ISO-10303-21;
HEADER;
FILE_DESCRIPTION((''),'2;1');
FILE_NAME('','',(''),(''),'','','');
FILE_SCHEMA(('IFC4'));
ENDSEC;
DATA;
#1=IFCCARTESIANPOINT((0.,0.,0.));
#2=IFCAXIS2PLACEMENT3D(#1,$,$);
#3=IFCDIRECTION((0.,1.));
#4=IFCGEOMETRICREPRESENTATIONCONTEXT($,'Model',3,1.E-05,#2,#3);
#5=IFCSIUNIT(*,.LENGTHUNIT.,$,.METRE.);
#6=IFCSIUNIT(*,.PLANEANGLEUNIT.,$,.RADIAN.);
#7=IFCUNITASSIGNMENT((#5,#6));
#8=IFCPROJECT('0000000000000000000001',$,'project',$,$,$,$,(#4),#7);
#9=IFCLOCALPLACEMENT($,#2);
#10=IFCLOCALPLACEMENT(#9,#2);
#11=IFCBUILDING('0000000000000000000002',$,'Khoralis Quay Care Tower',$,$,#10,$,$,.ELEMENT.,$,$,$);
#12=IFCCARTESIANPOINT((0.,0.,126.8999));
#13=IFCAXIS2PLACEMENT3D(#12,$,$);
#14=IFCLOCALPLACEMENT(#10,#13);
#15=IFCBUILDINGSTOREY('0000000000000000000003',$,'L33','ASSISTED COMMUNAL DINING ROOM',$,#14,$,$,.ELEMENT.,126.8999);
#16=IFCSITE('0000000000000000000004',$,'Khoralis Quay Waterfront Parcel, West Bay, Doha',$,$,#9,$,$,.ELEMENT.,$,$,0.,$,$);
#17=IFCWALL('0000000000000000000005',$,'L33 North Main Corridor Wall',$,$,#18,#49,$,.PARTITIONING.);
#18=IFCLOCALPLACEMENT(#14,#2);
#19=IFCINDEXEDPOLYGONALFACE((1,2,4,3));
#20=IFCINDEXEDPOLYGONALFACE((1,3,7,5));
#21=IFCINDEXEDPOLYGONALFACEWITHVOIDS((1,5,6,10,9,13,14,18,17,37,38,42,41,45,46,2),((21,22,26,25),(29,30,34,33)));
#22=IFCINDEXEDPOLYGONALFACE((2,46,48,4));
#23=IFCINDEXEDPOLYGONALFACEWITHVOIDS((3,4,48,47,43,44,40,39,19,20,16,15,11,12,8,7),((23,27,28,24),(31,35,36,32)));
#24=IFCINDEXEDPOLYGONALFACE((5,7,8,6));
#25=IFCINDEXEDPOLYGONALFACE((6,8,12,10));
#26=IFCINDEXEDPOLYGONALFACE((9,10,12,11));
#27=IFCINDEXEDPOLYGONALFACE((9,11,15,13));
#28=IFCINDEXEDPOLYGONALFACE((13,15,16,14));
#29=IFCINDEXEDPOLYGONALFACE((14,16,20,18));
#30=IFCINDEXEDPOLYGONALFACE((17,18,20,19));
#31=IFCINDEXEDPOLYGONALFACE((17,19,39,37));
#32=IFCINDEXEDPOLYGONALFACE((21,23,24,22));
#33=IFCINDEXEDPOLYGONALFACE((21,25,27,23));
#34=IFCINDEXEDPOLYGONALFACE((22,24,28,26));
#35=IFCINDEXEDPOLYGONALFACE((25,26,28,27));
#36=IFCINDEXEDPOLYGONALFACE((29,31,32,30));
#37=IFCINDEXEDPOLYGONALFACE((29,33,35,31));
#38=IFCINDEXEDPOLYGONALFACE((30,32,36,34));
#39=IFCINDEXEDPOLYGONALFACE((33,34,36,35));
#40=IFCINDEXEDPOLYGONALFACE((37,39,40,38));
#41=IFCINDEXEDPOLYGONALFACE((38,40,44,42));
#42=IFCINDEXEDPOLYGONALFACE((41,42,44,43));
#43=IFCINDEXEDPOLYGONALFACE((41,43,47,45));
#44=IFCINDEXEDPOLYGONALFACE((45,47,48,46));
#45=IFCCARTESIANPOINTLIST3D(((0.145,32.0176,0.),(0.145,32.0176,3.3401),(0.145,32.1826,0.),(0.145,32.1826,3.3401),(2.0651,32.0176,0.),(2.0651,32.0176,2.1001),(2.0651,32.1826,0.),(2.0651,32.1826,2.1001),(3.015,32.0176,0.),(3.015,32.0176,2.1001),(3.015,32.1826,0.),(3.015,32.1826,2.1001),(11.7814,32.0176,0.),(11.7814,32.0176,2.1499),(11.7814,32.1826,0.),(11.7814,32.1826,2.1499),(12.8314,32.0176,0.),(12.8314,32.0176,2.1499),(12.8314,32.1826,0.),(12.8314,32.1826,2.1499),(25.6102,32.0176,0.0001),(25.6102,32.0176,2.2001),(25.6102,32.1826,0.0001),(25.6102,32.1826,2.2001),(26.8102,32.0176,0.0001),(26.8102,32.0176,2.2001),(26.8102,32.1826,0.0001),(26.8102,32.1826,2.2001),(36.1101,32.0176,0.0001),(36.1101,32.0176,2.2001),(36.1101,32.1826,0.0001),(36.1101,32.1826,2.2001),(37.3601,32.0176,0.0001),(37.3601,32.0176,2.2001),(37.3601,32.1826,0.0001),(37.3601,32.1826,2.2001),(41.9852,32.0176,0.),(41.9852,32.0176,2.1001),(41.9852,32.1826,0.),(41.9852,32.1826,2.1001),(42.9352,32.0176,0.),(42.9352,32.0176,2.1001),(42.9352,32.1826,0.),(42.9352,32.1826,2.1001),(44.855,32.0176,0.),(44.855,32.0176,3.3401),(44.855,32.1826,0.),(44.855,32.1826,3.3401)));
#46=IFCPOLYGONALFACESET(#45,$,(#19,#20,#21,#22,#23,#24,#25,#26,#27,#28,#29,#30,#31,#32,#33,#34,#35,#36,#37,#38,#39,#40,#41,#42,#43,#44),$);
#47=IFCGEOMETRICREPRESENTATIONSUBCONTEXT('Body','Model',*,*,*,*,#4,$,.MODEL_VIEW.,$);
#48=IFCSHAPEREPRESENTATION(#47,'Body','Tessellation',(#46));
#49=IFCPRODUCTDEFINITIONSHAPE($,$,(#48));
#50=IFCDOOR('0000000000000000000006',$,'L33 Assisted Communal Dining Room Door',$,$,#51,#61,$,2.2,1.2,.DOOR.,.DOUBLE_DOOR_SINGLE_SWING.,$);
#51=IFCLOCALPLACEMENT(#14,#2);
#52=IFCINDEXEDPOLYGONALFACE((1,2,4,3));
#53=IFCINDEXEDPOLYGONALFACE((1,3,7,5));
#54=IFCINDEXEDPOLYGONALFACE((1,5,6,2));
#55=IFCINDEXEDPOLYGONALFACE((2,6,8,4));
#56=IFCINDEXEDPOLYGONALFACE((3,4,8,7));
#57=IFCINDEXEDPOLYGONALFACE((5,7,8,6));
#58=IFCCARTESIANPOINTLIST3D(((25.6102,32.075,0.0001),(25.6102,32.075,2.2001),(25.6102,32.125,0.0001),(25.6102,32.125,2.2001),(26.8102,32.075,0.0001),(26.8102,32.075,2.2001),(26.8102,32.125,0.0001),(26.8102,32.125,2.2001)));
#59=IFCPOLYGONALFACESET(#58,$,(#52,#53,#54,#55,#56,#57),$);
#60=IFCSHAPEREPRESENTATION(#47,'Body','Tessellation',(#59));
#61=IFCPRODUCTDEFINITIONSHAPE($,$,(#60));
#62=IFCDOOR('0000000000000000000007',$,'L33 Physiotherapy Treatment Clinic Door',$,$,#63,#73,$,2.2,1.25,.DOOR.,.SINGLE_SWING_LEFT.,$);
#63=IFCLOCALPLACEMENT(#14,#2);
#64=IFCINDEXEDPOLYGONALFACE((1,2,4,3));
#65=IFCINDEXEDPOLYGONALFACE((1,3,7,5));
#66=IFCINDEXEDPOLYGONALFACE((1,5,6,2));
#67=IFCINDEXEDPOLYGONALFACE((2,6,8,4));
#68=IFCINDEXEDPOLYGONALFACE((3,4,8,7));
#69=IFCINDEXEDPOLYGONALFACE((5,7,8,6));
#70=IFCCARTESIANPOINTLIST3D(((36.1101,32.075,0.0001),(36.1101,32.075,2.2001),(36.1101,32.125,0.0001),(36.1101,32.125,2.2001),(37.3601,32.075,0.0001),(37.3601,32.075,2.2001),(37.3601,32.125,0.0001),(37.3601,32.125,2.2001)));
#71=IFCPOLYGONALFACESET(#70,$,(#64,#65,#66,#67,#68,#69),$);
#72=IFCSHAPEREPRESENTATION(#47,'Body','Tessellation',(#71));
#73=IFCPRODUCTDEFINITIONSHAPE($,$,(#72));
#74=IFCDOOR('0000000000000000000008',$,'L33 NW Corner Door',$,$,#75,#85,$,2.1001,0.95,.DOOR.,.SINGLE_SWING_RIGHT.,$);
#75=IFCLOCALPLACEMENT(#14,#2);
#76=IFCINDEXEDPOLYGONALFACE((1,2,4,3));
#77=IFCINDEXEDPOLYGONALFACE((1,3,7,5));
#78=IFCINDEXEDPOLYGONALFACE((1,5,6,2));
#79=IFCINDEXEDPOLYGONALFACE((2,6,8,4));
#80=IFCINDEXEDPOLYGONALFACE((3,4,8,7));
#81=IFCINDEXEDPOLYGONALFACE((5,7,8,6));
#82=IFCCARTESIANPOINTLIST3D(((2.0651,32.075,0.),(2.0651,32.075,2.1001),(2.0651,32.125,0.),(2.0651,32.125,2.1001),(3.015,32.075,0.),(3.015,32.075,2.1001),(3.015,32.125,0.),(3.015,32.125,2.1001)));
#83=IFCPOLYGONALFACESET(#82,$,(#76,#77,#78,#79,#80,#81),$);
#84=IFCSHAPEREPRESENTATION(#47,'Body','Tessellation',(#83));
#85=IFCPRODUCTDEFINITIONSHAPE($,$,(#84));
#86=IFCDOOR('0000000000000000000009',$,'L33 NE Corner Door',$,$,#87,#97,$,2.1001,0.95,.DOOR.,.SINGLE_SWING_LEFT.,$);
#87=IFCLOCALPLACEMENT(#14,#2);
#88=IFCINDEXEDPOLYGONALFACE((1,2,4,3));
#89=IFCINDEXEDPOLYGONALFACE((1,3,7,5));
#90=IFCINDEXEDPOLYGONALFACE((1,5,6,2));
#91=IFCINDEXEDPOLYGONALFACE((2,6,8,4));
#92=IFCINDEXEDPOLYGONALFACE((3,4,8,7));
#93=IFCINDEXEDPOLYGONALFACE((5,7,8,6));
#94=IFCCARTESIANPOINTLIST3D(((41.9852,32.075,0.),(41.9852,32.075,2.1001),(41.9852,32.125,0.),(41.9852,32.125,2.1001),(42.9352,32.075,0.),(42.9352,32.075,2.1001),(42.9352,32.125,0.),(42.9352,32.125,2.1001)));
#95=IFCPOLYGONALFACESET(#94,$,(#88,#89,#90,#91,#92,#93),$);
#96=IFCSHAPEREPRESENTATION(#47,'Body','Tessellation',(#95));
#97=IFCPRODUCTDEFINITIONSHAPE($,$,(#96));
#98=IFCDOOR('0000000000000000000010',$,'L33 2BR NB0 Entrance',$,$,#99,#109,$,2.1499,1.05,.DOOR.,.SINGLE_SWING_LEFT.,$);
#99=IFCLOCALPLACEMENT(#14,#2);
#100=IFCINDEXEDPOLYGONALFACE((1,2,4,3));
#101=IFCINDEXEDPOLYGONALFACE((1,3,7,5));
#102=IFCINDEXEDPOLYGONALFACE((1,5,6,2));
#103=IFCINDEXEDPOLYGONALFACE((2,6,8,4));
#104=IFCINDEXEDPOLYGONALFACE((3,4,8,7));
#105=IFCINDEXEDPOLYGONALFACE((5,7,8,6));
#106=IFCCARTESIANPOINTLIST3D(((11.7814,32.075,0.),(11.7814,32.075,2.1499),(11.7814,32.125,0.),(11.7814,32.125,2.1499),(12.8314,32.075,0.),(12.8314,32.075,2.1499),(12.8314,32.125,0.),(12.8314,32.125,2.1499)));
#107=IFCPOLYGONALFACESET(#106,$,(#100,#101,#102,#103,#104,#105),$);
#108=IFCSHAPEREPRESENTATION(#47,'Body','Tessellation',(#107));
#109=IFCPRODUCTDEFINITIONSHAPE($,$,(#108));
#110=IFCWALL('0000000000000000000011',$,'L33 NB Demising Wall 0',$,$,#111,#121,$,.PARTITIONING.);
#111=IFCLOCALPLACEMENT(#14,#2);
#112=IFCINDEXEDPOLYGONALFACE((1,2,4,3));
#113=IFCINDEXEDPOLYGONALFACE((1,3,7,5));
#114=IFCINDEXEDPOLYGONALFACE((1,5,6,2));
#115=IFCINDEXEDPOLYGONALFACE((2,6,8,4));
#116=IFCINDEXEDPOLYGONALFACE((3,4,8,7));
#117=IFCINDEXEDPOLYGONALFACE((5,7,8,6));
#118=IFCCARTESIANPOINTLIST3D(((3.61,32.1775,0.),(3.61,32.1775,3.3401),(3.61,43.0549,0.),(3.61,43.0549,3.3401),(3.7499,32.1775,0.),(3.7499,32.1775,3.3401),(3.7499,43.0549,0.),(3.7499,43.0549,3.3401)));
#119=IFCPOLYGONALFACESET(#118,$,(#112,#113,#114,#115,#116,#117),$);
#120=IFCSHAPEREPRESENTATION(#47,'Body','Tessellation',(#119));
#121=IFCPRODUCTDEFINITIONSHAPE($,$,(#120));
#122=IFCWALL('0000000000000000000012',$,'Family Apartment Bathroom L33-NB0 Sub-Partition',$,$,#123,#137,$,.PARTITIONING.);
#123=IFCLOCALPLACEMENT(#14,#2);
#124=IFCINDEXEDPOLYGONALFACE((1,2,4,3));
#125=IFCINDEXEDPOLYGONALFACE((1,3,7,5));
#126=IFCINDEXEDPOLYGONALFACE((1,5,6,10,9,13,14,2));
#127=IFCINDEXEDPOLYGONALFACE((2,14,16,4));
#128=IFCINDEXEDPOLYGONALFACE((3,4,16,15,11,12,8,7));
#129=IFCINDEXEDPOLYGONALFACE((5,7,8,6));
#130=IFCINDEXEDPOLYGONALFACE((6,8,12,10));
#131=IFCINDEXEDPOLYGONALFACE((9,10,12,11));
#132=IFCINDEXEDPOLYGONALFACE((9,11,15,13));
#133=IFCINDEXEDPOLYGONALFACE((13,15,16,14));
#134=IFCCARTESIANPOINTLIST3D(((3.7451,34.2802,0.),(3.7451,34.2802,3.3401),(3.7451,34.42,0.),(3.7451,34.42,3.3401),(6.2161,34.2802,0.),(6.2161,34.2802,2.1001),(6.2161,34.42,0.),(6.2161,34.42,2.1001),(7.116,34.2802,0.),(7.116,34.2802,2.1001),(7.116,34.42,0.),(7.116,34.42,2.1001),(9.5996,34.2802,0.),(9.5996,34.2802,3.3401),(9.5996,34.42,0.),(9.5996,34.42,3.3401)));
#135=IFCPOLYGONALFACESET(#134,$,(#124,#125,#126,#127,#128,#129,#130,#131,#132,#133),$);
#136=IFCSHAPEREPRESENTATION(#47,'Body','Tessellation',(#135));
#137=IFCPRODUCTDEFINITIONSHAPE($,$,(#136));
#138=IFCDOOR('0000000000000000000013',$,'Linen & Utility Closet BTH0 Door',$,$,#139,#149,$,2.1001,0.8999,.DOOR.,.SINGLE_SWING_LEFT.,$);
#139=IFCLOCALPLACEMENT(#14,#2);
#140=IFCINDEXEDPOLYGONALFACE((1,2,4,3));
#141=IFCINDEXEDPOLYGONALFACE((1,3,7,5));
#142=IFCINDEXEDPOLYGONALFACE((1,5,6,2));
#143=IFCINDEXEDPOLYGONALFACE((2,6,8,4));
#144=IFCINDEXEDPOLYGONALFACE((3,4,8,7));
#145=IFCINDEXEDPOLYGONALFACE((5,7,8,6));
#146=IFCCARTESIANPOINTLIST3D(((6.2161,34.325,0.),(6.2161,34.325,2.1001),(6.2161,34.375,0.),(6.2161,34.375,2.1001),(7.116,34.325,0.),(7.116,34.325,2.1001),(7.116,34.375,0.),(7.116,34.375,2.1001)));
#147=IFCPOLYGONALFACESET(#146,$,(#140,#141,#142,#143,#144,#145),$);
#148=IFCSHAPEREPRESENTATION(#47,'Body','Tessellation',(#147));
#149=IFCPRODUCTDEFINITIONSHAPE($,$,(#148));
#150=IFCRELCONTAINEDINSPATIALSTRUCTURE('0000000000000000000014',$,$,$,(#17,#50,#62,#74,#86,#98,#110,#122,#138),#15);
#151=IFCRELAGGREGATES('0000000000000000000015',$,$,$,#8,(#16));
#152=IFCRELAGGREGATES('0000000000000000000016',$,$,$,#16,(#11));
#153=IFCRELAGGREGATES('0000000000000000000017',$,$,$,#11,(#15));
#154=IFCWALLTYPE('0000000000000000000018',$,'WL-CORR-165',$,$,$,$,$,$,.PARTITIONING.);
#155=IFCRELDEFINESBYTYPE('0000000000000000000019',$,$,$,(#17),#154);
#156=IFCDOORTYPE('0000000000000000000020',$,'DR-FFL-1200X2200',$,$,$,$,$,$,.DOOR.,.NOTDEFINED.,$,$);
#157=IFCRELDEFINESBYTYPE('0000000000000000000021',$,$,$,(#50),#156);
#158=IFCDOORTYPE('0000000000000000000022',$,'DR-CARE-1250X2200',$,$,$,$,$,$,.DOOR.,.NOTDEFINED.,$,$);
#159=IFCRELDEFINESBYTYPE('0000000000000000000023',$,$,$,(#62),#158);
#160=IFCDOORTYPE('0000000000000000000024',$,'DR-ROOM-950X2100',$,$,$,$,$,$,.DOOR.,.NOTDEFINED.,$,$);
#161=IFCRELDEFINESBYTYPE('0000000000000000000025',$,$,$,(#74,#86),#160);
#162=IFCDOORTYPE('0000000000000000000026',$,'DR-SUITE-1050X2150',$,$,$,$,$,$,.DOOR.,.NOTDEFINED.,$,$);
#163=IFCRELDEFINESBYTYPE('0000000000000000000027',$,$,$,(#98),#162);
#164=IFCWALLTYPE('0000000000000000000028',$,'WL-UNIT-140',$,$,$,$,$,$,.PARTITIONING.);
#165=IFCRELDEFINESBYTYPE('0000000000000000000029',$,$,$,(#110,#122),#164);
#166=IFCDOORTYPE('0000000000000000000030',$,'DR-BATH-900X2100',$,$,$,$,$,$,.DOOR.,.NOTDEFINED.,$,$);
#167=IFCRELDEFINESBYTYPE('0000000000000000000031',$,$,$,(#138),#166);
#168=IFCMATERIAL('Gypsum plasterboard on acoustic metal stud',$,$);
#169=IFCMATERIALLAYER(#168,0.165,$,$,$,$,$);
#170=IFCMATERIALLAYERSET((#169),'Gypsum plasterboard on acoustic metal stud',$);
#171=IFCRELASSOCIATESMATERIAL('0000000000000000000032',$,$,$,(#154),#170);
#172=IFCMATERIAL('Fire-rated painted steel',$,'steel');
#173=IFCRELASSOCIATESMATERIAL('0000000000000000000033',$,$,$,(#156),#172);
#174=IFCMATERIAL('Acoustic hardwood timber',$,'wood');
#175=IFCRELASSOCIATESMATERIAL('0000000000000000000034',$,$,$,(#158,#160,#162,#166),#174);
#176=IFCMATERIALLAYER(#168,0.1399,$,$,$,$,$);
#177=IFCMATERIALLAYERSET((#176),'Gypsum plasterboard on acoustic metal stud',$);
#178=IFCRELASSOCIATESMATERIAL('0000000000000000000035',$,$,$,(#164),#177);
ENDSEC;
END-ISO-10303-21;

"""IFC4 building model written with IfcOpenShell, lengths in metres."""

from ifc_helpers import new_model, si_unit, direction, frame, frame_2d, origin, place, context, subcontext, project, spatial, rectangle, extrude, source, transform, mapped, material, layer, layer_set, type_object, element, fill, save


model = new_model("IFC4")

# Units and contexts
model_context = context("Model", 3, precision=1e-05, world=origin(), true_north=direction((0.0, 1.0)))
body_context = subcontext(model_context, "Body", "Model", "MODEL_VIEW")
ifc_project = project(units=[si_unit("LENGTHUNIT", "METRE"), si_unit("PLANEANGLEUNIT", "RADIAN")], contexts=[model_context])

# Site, building, storey
site_placement = place(None, origin())
site = spatial("IfcSite", under=ifc_project, at=site_placement, Name="Khoralis Quay Waterfront Parcel, West Bay, Doha", CompositionType="ELEMENT", RefElevation=0.0)
building_placement = place(site_placement, origin())
building = spatial("IfcBuilding", under=site, at=building_placement, Name="Khoralis Quay Care Tower", CompositionType="ELEMENT")
storey_placement = place(building_placement, frame((0.0, 0.0, 126.8999)))
storey = spatial("IfcBuildingStorey", under=building, at=storey_placement, Name="L33", Description="ASSISTED COMMUNAL DINING ROOM", CompositionType="ELEMENT", Elevation=126.8999)

# Shared definitions
ifc_material_1 = material(Name="Gypsum plasterboard on acoustic metal stud")
ifc_layer_1 = layer(ifc_material_1, 0.165)
ifc_layer_set_1 = layer_set([ifc_layer_1], Name="Gypsum plasterboard on acoustic metal stud")
wall_type_1 = type_object("IfcWallType", Name="WL-CORR-165", PredefinedType="PARTITIONING", material=ifc_layer_set_1)
ifc_material_2 = material(Name="Fire-rated painted steel", Category="steel")
door_type_1 = type_object("IfcDoorType", Name="DR-FFL-1200X2200", OperationType="NOTDEFINED", PredefinedType="DOOR", material=ifc_material_2)
shared_shape_1 = source(origin(), body_context, "Body", "SweptSolid", [
    extrude(rectangle(XDim=1.2, YDim=2.2, at=frame_2d((0.6001, 1.1001))), frame((0.0, 0.0249, 0.0), z_axis=(0.0, -1.0, 0.0), x_axis=(1.0, 0.0, 0.0)), (0.0, 0.0, 1.0), 0.05),
])

# Wall, openings, doors
wall_1_placement = place(storey_placement, frame((0.145, 32.1001, 0.0), z_axis=(0.0, 0.0, 1.0), x_axis=(1.0, 0.0, 0.0)))
wall_1 = element("IfcWall", 1, at=wall_1_placement, inside=storey, type_object=wall_type_1, Name="L33 North Main Corridor Wall", PredefinedType="PARTITIONING", context=body_context, shape_type="SweptSolid", body=[
    extrude(rectangle(XDim=44.71, YDim=0.165, at=frame_2d((22.355, 0.0))), origin(), (0.0, 0.0, 1.0), 3.3401),
])
opening_1_placement = place(wall_1_placement, frame((11.6365, 0.0, 0.0)))
opening_1 = element("IfcOpeningElement", 2, at=opening_1_placement, cuts=wall_1, PredefinedType="OPENING", context=body_context, shape_type="SweptSolid", body=[
    extrude(rectangle(XDim=1.05, YDim=2.1499, at=frame_2d((0.5249, 1.075))), frame((0.0, 0.0925, 0.0), z_axis=(0.0, -1.0, 0.0), x_axis=(1.0, 0.0, 0.0)), (0.0, 0.0, 1.0), 0.1851),
])
opening_2_placement = place(wall_1_placement, frame((25.4651, 0.0, 0.0)))
opening_2 = element("IfcOpeningElement", 3, at=opening_2_placement, cuts=wall_1, PredefinedType="OPENING", context=body_context, shape_type="SweptSolid", body=[
    extrude(rectangle(XDim=1.2, YDim=2.2, at=frame_2d((0.6001, 1.1001))), frame((0.0, 0.0925, 0.0), z_axis=(0.0, -1.0, 0.0), x_axis=(1.0, 0.0, 0.0)), (0.0, 0.0, 1.0), 0.1851),
])
opening_3_placement = place(wall_1_placement, frame((35.9651, 0.0, 0.0)))
opening_3 = element("IfcOpeningElement", 4, at=opening_3_placement, cuts=wall_1, PredefinedType="OPENING", context=body_context, shape_type="SweptSolid", body=[
    extrude(rectangle(XDim=1.25, YDim=2.2, at=frame_2d((0.625, 1.1001))), frame((0.0, 0.0925, 0.0), z_axis=(0.0, -1.0, 0.0), x_axis=(1.0, 0.0, 0.0)), (0.0, 0.0, 1.0), 0.1851),
])
opening_4_placement = place(wall_1_placement, frame((1.9199, 0.0, 0.0)))
opening_4 = element("IfcOpeningElement", 5, at=opening_4_placement, cuts=wall_1, PredefinedType="OPENING", context=body_context, shape_type="SweptSolid", body=[
    extrude(rectangle(XDim=0.95, YDim=2.1001, at=frame_2d((0.4751, 1.05))), frame((0.0, 0.0925, 0.0), z_axis=(0.0, -1.0, 0.0), x_axis=(1.0, 0.0, 0.0)), (0.0, 0.0, 1.0), 0.1851),
])
opening_5_placement = place(wall_1_placement, frame((41.8401, 0.0, 0.0)))
opening_5 = element("IfcOpeningElement", 6, at=opening_5_placement, cuts=wall_1, PredefinedType="OPENING", context=body_context, shape_type="SweptSolid", body=[
    extrude(rectangle(XDim=0.95, YDim=2.1001, at=frame_2d((0.4751, 1.05))), frame((0.0, 0.0925, 0.0), z_axis=(0.0, -1.0, 0.0), x_axis=(1.0, 0.0, 0.0)), (0.0, 0.0, 1.0), 0.1851),
])
door_1_placement = place(opening_2_placement, origin())
door_1 = element("IfcDoor", 7, at=door_1_placement, inside=storey, type_object=door_type_1, Name="L33 Assisted Communal Dining Room Door", OperationType="DOUBLE_DOOR_SINGLE_SWING", OverallHeight=2.2, OverallWidth=1.2, PredefinedType="DOOR", context=body_context, shape_type="MappedRepresentation", body=[
    mapped(shared_shape_1, transform((0.0, 0.0, 0.0), scale=1.0)),
])
fill(opening_2, door_1)
ifc_material_3 = material(Name="Acoustic hardwood timber", Category="wood")
door_type_2 = type_object("IfcDoorType", Name="DR-CARE-1250X2200", OperationType="NOTDEFINED", PredefinedType="DOOR", material=ifc_material_3)
shared_shape_2 = source(origin(), body_context, "Body", "SweptSolid", [
    extrude(rectangle(XDim=1.25, YDim=2.2, at=frame_2d((0.625, 1.1001))), frame((0.0, 0.0249, 0.0), z_axis=(0.0, -1.0, 0.0), x_axis=(1.0, 0.0, 0.0)), (0.0, 0.0, 1.0), 0.05),
])
door_2_placement = place(opening_3_placement, origin())
door_2 = element("IfcDoor", 8, at=door_2_placement, inside=storey, type_object=door_type_2, Name="L33 Physiotherapy Treatment Clinic Door", OperationType="SINGLE_SWING_LEFT", OverallHeight=2.2, OverallWidth=1.25, PredefinedType="DOOR", context=body_context, shape_type="MappedRepresentation", body=[
    mapped(shared_shape_2, transform((0.0, 0.0, 0.0), scale=1.0)),
])
fill(opening_3, door_2)
door_type_3 = type_object("IfcDoorType", Name="DR-ROOM-950X2100", OperationType="NOTDEFINED", PredefinedType="DOOR", material=ifc_material_3)
shared_shape_3 = source(origin(), body_context, "Body", "SweptSolid", [
    extrude(rectangle(XDim=0.95, YDim=2.1001, at=frame_2d((0.4751, 1.05))), frame((0.0, 0.0249, 0.0), z_axis=(0.0, -1.0, 0.0), x_axis=(1.0, 0.0, 0.0)), (0.0, 0.0, 1.0), 0.05),
])
door_3_placement = place(opening_4_placement, origin())
door_3 = element("IfcDoor", 9, at=door_3_placement, inside=storey, type_object=door_type_3, Name="L33 NW Corner Door", OperationType="SINGLE_SWING_RIGHT", OverallHeight=2.1001, OverallWidth=0.95, PredefinedType="DOOR", context=body_context, shape_type="MappedRepresentation", body=[
    mapped(shared_shape_3, transform((0.0, 0.0, 0.0), scale=1.0)),
])
fill(opening_4, door_3)
door_4_placement = place(opening_5_placement, origin())
door_4 = element("IfcDoor", 10, at=door_4_placement, inside=storey, type_object=door_type_3, Name="L33 NE Corner Door", OperationType="SINGLE_SWING_LEFT", OverallHeight=2.1001, OverallWidth=0.95, PredefinedType="DOOR", context=body_context, shape_type="MappedRepresentation", body=[
    mapped(shared_shape_3, transform((0.0, 0.0, 0.0), scale=1.0)),
])
fill(opening_5, door_4)
door_type_4 = type_object("IfcDoorType", Name="DR-SUITE-1050X2150", OperationType="NOTDEFINED", PredefinedType="DOOR", material=ifc_material_3)
shared_shape_4 = source(origin(), body_context, "Body", "SweptSolid", [
    extrude(rectangle(XDim=1.05, YDim=2.1499, at=frame_2d((0.5249, 1.075))), frame((0.0, 0.0249, 0.0), z_axis=(0.0, -1.0, 0.0), x_axis=(1.0, 0.0, 0.0)), (0.0, 0.0, 1.0), 0.05),
])
door_5_placement = place(opening_1_placement, origin())
door_5 = element("IfcDoor", 11, at=door_5_placement, inside=storey, type_object=door_type_4, Name="L33 2BR NB0 Entrance", OperationType="SINGLE_SWING_LEFT", OverallHeight=2.1499, OverallWidth=1.05, PredefinedType="DOOR", context=body_context, shape_type="MappedRepresentation", body=[
    mapped(shared_shape_4, transform((0.0, 0.0, 0.0), scale=1.0)),
])
fill(opening_1, door_5)

# Wall
ifc_layer_2 = layer(ifc_material_1, 0.1399)
ifc_layer_set_2 = layer_set([ifc_layer_2], Name="Gypsum plasterboard on acoustic metal stud")
wall_type_2 = type_object("IfcWallType", Name="WL-UNIT-140", PredefinedType="PARTITIONING", material=ifc_layer_set_2)
wall_2_placement = place(storey_placement, frame((3.6799, 32.1775, 0.0), z_axis=(0.0, 0.0, 1.0), x_axis=(0.0, 1.0, 0.0)))
element("IfcWall", 12, at=wall_2_placement, inside=storey, type_object=wall_type_2, Name="L33 NB Demising Wall 0", PredefinedType="PARTITIONING", context=body_context, shape_type="SweptSolid", body=[
    extrude(rectangle(XDim=10.8774, YDim=0.1399, at=frame_2d((5.4387, 0.0))), origin(), (0.0, 0.0, 1.0), 3.3401),
])

# Wall, opening, door
wall_3_placement = place(storey_placement, frame((3.7451, 34.3501, 0.0), z_axis=(0.0, 0.0, 1.0), x_axis=(1.0, 0.0, 0.0)))
wall_3 = element("IfcWall", 13, at=wall_3_placement, inside=storey, type_object=wall_type_2, Name="Family Apartment Bathroom L33-NB0 Sub-Partition", PredefinedType="PARTITIONING", context=body_context, shape_type="SweptSolid", body=[
    extrude(rectangle(XDim=5.8545, YDim=0.1399, at=frame_2d((2.9272, 0.0))), origin(), (0.0, 0.0, 1.0), 3.3401),
])
opening_6_placement = place(wall_3_placement, frame((2.4709, 0.0, 0.0)))
opening_6 = element("IfcOpeningElement", 14, at=opening_6_placement, cuts=wall_3, PredefinedType="OPENING", context=body_context, shape_type="SweptSolid", body=[
    extrude(rectangle(XDim=0.8999, YDim=2.1001, at=frame_2d((0.45, 1.05))), frame((0.0, 0.0801, 0.0), z_axis=(0.0, -1.0, 0.0), x_axis=(1.0, 0.0, 0.0)), (0.0, 0.0, 1.0), 0.1599),
])
door_type_5 = type_object("IfcDoorType", Name="DR-BATH-900X2100", OperationType="NOTDEFINED", PredefinedType="DOOR", material=ifc_material_3)
shared_shape_5 = source(origin(), body_context, "Body", "SweptSolid", [
    extrude(rectangle(XDim=0.8999, YDim=2.1001, at=frame_2d((0.45, 1.05))), frame((0.0, 0.0249, 0.0), z_axis=(0.0, -1.0, 0.0), x_axis=(1.0, 0.0, 0.0)), (0.0, 0.0, 1.0), 0.05),
])
door_6_placement = place(opening_6_placement, origin())
door_6 = element("IfcDoor", 15, at=door_6_placement, inside=storey, type_object=door_type_5, Name="Linen & Utility Closet BTH0 Door", OperationType="SINGLE_SWING_LEFT", OverallHeight=2.1001, OverallWidth=0.8999, PredefinedType="DOOR", context=body_context, shape_type="MappedRepresentation", body=[
    mapped(shared_shape_5, transform((0.0, 0.0, 0.0), scale=1.0)),
])
fill(opening_6, door_6)

save(model, "model.ifc")
